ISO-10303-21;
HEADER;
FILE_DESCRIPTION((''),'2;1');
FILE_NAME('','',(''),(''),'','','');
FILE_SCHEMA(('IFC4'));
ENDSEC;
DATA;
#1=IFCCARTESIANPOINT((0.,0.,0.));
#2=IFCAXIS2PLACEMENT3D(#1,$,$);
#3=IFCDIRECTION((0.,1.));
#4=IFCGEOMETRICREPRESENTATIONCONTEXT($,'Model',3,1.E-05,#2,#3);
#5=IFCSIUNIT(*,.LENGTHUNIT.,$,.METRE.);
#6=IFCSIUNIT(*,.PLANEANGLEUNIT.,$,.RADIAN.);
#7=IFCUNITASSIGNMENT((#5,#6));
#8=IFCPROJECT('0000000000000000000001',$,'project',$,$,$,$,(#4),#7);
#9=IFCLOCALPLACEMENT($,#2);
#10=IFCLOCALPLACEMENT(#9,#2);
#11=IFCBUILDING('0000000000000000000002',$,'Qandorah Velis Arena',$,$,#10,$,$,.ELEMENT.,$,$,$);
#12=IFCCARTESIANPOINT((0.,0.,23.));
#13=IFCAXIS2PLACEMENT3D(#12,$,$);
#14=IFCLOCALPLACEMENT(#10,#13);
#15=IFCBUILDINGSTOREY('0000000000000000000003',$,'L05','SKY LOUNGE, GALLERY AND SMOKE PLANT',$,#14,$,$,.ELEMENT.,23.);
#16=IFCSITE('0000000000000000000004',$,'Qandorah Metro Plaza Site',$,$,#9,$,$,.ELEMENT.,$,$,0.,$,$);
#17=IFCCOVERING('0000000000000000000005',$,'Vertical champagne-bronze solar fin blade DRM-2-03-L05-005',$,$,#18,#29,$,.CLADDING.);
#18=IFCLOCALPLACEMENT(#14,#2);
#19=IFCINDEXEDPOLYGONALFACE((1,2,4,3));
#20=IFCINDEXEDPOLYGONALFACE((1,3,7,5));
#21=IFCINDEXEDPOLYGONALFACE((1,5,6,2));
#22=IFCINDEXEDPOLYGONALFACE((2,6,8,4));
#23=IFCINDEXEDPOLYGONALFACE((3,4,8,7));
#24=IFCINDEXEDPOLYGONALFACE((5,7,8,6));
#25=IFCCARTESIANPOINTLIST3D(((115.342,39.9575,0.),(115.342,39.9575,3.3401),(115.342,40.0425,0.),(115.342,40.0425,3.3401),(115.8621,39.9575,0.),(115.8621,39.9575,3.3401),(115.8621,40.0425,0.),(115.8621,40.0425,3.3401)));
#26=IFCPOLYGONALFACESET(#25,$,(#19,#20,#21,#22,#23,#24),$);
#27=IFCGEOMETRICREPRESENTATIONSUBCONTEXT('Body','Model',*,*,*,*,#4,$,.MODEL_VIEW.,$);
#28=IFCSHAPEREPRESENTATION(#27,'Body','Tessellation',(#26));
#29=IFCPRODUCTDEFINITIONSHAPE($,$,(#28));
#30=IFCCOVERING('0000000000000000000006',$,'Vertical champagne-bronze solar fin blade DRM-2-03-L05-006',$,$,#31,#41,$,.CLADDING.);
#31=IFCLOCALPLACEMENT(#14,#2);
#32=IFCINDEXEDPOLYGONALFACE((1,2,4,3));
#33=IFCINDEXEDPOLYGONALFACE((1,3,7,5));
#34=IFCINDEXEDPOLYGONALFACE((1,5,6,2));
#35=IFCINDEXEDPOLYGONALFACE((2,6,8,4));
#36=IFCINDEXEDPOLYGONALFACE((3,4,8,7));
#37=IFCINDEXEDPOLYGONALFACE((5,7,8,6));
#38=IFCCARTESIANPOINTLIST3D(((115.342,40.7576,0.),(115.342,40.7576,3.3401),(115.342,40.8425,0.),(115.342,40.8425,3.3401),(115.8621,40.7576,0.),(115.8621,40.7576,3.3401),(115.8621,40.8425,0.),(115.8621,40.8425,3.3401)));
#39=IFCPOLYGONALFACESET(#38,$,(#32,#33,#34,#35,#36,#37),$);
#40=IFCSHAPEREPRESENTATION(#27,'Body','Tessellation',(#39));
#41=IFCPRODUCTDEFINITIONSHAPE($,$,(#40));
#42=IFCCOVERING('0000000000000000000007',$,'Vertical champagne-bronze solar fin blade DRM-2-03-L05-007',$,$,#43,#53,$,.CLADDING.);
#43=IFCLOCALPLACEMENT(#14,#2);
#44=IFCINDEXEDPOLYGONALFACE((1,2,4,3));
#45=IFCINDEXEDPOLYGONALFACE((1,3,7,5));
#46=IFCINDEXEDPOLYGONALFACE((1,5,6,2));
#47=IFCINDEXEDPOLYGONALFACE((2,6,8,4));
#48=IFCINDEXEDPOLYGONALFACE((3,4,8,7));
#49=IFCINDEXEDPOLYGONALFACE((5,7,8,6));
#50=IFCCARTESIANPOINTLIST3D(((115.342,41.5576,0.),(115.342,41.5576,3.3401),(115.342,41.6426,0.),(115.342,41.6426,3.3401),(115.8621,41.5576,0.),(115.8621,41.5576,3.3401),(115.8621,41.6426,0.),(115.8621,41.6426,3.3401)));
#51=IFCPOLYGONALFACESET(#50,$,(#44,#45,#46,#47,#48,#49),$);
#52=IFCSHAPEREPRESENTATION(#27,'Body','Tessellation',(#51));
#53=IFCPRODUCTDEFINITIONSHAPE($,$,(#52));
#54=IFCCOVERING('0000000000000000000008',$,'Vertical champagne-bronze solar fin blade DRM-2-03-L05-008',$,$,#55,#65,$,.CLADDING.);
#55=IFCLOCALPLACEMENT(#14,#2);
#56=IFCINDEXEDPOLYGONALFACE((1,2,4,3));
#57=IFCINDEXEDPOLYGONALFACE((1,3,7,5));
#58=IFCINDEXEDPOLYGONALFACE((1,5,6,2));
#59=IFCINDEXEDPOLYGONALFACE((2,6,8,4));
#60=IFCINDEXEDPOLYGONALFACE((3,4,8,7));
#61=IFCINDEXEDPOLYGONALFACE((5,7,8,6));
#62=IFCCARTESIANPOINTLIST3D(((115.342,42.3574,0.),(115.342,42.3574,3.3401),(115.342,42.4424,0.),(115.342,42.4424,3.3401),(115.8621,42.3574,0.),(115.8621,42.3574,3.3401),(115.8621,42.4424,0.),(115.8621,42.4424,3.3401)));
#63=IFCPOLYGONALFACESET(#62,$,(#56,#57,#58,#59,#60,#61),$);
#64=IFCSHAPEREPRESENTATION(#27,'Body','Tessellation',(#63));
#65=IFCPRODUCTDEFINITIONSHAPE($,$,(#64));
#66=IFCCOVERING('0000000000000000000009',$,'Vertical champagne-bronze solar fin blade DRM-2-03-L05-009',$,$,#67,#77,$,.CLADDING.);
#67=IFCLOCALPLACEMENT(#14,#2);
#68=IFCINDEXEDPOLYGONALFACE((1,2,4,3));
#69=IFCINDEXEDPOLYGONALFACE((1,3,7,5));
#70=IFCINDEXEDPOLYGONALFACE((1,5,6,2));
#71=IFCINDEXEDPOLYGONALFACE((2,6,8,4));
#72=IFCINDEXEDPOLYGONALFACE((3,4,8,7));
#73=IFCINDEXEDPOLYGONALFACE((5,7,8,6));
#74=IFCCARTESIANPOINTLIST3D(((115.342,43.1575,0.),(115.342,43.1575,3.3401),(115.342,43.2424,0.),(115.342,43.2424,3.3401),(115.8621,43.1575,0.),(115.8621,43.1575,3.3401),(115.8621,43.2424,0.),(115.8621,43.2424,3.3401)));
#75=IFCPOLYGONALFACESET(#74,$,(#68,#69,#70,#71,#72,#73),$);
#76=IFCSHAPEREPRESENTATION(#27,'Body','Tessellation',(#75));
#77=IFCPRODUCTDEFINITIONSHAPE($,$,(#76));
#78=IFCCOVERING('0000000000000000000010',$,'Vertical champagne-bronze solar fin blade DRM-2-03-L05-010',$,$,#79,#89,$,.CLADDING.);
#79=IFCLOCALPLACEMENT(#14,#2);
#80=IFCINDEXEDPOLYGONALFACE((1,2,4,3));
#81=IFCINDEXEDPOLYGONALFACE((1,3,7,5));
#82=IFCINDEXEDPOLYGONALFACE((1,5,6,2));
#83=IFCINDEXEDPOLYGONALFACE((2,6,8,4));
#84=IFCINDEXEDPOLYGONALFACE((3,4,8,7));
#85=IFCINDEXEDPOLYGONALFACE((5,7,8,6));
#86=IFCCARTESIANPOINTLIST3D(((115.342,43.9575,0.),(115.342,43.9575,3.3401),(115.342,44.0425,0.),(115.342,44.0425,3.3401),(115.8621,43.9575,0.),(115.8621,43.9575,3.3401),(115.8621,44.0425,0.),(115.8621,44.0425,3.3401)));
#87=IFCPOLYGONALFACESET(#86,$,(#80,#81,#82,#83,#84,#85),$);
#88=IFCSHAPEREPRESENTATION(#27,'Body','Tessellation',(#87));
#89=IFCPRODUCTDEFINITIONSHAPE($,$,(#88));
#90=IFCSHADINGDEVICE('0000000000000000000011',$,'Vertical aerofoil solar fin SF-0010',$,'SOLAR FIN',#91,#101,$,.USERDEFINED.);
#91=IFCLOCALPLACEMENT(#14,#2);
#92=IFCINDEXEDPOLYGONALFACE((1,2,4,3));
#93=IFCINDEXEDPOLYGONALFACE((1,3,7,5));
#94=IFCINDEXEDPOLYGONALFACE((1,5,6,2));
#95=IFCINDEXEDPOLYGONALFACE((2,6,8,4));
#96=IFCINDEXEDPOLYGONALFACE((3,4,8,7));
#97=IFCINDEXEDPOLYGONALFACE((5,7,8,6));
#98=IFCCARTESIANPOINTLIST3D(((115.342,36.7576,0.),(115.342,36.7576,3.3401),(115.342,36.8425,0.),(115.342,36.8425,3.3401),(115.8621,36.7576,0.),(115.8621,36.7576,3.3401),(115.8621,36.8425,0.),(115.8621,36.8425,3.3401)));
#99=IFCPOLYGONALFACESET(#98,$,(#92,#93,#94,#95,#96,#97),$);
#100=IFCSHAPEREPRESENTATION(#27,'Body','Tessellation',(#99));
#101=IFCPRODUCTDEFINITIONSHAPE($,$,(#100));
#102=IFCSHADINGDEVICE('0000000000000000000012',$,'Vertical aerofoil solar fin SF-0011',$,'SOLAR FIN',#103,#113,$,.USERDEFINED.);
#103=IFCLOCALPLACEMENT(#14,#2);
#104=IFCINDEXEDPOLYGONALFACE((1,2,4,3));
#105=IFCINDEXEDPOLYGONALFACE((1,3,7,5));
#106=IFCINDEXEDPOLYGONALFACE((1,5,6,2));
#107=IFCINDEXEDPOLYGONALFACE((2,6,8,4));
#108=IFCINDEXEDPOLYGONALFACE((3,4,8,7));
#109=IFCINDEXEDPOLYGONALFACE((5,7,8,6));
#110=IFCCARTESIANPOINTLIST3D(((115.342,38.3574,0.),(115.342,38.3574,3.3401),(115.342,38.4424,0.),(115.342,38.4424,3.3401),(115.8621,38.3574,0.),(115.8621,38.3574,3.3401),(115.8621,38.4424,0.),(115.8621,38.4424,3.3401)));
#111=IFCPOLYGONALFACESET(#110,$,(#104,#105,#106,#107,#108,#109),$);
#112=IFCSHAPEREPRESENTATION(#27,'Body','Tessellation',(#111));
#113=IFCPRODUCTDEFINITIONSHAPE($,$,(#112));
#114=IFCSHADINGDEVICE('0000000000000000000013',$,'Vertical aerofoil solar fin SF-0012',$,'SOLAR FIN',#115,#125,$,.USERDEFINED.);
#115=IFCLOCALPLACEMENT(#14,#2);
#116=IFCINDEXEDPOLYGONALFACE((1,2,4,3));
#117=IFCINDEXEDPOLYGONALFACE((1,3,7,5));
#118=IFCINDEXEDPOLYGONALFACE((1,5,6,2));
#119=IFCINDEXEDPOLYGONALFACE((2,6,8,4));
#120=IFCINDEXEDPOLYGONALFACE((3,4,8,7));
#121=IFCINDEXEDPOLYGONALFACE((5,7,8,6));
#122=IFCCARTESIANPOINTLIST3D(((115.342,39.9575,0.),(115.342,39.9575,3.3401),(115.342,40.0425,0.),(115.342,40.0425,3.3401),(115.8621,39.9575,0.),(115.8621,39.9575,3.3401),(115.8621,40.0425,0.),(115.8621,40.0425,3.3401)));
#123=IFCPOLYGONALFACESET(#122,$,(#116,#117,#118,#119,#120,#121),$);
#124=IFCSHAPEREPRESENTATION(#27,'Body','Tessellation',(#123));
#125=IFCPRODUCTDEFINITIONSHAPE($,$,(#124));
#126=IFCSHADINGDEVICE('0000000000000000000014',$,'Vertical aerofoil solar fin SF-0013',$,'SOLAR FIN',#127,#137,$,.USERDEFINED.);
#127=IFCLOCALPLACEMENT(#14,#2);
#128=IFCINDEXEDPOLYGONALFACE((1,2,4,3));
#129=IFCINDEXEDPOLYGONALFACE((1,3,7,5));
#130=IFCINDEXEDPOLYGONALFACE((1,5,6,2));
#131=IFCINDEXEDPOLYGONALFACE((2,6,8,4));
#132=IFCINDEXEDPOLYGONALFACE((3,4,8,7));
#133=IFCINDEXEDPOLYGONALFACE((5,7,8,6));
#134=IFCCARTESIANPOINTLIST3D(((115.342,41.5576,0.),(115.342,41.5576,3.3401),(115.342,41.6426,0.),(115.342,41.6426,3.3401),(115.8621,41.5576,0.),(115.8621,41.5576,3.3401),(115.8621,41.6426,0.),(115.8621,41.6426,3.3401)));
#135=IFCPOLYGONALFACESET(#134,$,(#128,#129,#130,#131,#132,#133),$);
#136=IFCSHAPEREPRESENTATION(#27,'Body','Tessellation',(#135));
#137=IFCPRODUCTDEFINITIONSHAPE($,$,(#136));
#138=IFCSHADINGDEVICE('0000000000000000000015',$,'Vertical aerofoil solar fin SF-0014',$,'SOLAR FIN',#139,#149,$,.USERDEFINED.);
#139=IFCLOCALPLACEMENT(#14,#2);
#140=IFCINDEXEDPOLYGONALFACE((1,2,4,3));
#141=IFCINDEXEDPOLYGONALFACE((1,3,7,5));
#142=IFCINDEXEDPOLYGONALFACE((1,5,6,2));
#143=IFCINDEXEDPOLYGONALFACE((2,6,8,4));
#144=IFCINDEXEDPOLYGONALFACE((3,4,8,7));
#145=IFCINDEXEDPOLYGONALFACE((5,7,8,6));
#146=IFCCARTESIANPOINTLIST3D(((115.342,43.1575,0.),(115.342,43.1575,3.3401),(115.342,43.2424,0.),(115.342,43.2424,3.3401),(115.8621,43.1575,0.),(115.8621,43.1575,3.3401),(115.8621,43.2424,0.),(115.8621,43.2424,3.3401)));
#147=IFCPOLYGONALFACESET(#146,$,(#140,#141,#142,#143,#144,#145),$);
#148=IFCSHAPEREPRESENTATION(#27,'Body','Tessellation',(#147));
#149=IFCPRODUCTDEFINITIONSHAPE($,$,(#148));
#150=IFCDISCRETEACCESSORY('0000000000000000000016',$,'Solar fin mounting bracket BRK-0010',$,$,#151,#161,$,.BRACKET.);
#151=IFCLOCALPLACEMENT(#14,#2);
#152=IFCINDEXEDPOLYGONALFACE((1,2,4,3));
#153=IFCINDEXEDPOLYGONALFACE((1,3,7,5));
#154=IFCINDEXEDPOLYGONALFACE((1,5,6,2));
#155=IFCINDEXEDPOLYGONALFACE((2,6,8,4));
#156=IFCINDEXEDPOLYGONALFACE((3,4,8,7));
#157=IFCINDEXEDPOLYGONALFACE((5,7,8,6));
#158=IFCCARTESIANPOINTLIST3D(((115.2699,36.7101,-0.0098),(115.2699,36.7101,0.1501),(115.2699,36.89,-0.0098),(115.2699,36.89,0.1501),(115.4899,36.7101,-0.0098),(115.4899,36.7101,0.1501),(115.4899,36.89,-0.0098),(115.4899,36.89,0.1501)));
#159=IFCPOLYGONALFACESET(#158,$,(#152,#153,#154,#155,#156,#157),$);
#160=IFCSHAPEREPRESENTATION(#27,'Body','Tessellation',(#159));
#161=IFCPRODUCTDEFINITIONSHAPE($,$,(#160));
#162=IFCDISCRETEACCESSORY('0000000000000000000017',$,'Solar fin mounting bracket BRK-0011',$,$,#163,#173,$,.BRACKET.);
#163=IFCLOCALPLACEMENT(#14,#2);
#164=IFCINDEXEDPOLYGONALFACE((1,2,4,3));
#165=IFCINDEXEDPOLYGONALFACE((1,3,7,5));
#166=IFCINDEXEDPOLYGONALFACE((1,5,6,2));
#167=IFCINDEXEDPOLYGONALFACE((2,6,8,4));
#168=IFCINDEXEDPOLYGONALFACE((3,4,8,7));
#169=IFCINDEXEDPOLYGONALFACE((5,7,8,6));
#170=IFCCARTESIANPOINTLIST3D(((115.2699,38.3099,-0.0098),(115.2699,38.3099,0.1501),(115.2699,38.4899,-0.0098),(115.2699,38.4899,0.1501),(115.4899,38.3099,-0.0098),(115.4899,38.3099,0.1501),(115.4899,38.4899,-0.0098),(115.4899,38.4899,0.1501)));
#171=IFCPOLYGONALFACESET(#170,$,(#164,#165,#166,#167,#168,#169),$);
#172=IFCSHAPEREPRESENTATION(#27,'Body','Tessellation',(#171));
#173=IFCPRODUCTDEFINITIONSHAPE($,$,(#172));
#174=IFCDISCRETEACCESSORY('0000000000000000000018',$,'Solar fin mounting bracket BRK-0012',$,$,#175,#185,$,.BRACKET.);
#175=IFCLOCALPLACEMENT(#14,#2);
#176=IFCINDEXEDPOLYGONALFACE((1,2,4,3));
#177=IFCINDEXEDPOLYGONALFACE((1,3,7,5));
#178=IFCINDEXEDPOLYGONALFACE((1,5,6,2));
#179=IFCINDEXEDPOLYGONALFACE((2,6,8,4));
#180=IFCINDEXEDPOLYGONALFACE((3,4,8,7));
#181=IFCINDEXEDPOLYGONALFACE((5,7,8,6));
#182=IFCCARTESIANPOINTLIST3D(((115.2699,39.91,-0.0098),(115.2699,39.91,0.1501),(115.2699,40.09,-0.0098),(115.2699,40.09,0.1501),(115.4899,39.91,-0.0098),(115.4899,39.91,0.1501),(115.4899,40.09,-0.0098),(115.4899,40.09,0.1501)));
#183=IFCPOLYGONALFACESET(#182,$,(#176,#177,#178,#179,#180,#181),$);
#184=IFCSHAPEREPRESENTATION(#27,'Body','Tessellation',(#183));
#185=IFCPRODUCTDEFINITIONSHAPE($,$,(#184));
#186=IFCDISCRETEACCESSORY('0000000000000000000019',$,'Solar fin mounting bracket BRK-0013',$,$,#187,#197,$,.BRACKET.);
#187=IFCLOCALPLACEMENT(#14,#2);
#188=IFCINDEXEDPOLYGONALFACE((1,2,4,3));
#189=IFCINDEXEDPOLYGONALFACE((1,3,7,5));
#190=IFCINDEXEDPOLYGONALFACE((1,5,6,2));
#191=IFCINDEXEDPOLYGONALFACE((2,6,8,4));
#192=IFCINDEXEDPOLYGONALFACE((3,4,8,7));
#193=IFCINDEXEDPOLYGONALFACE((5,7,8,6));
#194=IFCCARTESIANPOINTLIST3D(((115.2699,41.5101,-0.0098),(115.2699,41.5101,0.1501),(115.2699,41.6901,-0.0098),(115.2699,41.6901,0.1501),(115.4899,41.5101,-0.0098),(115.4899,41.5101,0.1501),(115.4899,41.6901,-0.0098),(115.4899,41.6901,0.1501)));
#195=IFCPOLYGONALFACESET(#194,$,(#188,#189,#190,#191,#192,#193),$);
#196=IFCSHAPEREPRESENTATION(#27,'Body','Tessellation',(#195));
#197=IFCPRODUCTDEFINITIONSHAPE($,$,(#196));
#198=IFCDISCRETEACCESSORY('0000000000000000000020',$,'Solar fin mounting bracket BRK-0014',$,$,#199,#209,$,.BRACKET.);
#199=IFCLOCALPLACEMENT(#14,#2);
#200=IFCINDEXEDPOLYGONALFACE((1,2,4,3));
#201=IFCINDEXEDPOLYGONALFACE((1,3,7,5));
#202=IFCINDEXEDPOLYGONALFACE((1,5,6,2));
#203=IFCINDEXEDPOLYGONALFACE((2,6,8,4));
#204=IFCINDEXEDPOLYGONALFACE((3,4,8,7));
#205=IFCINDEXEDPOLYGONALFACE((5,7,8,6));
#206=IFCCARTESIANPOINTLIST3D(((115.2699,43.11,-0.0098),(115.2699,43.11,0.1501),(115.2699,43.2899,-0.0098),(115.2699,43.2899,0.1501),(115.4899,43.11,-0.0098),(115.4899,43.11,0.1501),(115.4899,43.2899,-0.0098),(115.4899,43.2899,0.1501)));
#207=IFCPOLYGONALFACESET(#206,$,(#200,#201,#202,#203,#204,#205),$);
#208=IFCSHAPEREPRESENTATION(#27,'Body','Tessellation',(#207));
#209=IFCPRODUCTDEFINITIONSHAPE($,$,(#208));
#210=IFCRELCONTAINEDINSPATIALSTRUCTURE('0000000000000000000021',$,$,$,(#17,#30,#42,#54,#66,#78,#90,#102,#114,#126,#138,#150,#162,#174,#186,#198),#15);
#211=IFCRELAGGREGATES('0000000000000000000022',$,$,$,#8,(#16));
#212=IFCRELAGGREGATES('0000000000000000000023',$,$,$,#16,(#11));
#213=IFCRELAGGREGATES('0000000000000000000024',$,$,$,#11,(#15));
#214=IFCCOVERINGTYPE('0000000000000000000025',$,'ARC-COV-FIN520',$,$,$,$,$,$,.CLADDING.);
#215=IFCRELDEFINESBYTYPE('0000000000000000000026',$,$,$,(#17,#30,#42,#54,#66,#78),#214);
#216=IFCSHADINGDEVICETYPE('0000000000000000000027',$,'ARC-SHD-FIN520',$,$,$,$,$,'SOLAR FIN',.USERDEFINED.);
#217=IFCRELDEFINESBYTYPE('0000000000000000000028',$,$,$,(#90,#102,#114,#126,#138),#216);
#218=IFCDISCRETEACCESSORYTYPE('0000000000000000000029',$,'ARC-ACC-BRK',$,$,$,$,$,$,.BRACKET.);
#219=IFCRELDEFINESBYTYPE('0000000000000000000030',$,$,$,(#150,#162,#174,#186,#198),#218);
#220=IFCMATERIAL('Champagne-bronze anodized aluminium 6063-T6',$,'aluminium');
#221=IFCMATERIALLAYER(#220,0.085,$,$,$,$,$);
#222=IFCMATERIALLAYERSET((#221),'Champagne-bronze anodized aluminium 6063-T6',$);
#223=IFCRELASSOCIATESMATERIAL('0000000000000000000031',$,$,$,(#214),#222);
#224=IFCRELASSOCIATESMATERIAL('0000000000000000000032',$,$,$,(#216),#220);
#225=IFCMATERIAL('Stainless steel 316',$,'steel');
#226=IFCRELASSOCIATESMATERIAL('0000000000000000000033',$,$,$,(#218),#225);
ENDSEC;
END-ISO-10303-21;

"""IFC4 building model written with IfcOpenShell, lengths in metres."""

from ifc_helpers import new_model, si_unit, direction, frame, origin, origin_2d, place, context, subcontext, project, spatial, rectangle, extrude, material, layer, layer_set, type_object, element, save


model = new_model("IFC4")

# Units and contexts
model_context = context("Model", 3, precision=1e-05, world=origin(), true_north=direction((0.0, 1.0)))
body_context = subcontext(model_context, "Body", "Model", "MODEL_VIEW")
ifc_project = project(units=[si_unit("LENGTHUNIT", "METRE"), si_unit("PLANEANGLEUNIT", "RADIAN")], contexts=[model_context])

# Site, building, storey
site_placement = place(None, origin())
site = spatial("IfcSite", under=ifc_project, at=site_placement, Name="Qandorah Metro Plaza Site", CompositionType="ELEMENT", RefElevation=0.0)
building_placement = place(site_placement, origin())
building = spatial("IfcBuilding", under=site, at=building_placement, Name="Qandorah Velis Arena", CompositionType="ELEMENT")
storey_placement = place(building_placement, frame((0.0, 0.0, 23.0)))
storey = spatial("IfcBuildingStorey", under=building, at=storey_placement, Name="L05", Description="SKY LOUNGE, GALLERY AND SMOKE PLANT", CompositionType="ELEMENT", Elevation=23.0)

# Coverings
ifc_material_1 = material(Name="Champagne-bronze anodized aluminium 6063-T6", Category="aluminium")
ifc_layer_1 = layer(ifc_material_1, 0.085)
ifc_layer_set_1 = layer_set([ifc_layer_1], Name="Champagne-bronze anodized aluminium 6063-T6")
covering_type = type_object("IfcCoveringType", Name="ARC-COV-FIN520", PredefinedType="CLADDING", material=ifc_layer_set_1)
for number, where, z_axis, x_axis, name in (
    (1, (115.6021, 40.0, 0.0), (0.0, 0.0, 1.0), (1.0, 0.0, 0.0), "Vertical champagne-bronze solar fin blade DRM-2-03-L05-005"),
    (2, (115.6021, 40.8, 0.0), (0.0, 0.0, 1.0), (1.0, 0.0, 0.0), "Vertical champagne-bronze solar fin blade DRM-2-03-L05-006"),
    (3, (115.6021, 41.6001, 0.0), (0.0, 0.0, 1.0), (1.0, 0.0, 0.0), "Vertical champagne-bronze solar fin blade DRM-2-03-L05-007"),
    (4, (115.6021, 42.3999, 0.0), (0.0, 0.0, 1.0), (1.0, 0.0, 0.0), "Vertical champagne-bronze solar fin blade DRM-2-03-L05-008"),
    (5, (115.6021, 43.2, 0.0), (0.0, 0.0, 1.0), (1.0, 0.0, 0.0), "Vertical champagne-bronze solar fin blade DRM-2-03-L05-009"),
    (6, (115.6021, 44.0, 0.0), (0.0, 0.0, 1.0), (1.0, 0.0, 0.0), "Vertical champagne-bronze solar fin blade DRM-2-03-L05-010"),
):
    element("IfcCovering", number, at=place(storey_placement, frame(where, z_axis=z_axis, x_axis=x_axis)), inside=storey, type_object=covering_type, Name=name, PredefinedType="CLADDING", context=body_context, shape_type="SweptSolid", body=[
        extrude(rectangle(XDim=0.52, YDim=0.085, at=origin_2d()), origin(), (0.0, 0.0, 1.0), 3.3401),
    ])

# Shading devices
shading_device_type = type_object("IfcShadingDeviceType", Name="ARC-SHD-FIN520", ElementType="SOLAR FIN", PredefinedType="USERDEFINED", material=ifc_material_1)
for number, where, z_axis, x_axis, name in (
    (7, (115.6021, 36.8, 0.0), (0.0, 0.0, 1.0), (1.0, 0.0, 0.0), "Vertical aerofoil solar fin SF-0010"),
    (8, (115.6021, 38.3999, 0.0), (0.0, 0.0, 1.0), (1.0, 0.0, 0.0), "Vertical aerofoil solar fin SF-0011"),
    (9, (115.6021, 40.0, 0.0), (0.0, 0.0, 1.0), (1.0, 0.0, 0.0), "Vertical aerofoil solar fin SF-0012"),
    (10, (115.6021, 41.6001, 0.0), (0.0, 0.0, 1.0), (1.0, 0.0, 0.0), "Vertical aerofoil solar fin SF-0013"),
    (11, (115.6021, 43.2, 0.0), (0.0, 0.0, 1.0), (1.0, 0.0, 0.0), "Vertical aerofoil solar fin SF-0014"),
):
    element("IfcShadingDevice", number, at=place(storey_placement, frame(where, z_axis=z_axis, x_axis=x_axis)), inside=storey, type_object=shading_device_type, Name=name, ObjectType="SOLAR FIN", PredefinedType="USERDEFINED", context=body_context, shape_type="SweptSolid", body=[
        extrude(rectangle(XDim=0.52, YDim=0.085, at=origin_2d()), origin(), (0.0, 0.0, 1.0), 3.3401),
    ])

# Discrete accessories
ifc_material_2 = material(Name="Stainless steel 316", Category="steel")
discrete_accessory_type = type_object("IfcDiscreteAccessoryType", Name="ARC-ACC-BRK", PredefinedType="BRACKET", material=ifc_material_2)
for number, where, z_axis, x_axis, name in (
    (12, (115.3799, 36.8, -0.0098), (0.0, 0.0, 1.0), (1.0, 0.0, 0.0), "Solar fin mounting bracket BRK-0010"),
    (13, (115.3799, 38.3999, -0.0098), (0.0, 0.0, 1.0), (1.0, 0.0, 0.0), "Solar fin mounting bracket BRK-0011"),
    (14, (115.3799, 40.0, -0.0098), (0.0, 0.0, 1.0), (1.0, 0.0, 0.0), "Solar fin mounting bracket BRK-0012"),
    (15, (115.3799, 41.6001, -0.0098), (0.0, 0.0, 1.0), (1.0, 0.0, 0.0), "Solar fin mounting bracket BRK-0013"),
    (16, (115.3799, 43.2, -0.0098), (0.0, 0.0, 1.0), (1.0, 0.0, 0.0), "Solar fin mounting bracket BRK-0014"),
):
    element("IfcDiscreteAccessory", number, at=place(storey_placement, frame(where, z_axis=z_axis, x_axis=x_axis)), inside=storey, type_object=discrete_accessory_type, Name=name, PredefinedType="BRACKET", context=body_context, shape_type="SweptSolid", body=[
        extrude(rectangle(XDim=0.22, YDim=0.1799, at=origin_2d()), origin(), (0.0, 0.0, 1.0), 0.1599),
    ])

save(model, "model.ifc")
